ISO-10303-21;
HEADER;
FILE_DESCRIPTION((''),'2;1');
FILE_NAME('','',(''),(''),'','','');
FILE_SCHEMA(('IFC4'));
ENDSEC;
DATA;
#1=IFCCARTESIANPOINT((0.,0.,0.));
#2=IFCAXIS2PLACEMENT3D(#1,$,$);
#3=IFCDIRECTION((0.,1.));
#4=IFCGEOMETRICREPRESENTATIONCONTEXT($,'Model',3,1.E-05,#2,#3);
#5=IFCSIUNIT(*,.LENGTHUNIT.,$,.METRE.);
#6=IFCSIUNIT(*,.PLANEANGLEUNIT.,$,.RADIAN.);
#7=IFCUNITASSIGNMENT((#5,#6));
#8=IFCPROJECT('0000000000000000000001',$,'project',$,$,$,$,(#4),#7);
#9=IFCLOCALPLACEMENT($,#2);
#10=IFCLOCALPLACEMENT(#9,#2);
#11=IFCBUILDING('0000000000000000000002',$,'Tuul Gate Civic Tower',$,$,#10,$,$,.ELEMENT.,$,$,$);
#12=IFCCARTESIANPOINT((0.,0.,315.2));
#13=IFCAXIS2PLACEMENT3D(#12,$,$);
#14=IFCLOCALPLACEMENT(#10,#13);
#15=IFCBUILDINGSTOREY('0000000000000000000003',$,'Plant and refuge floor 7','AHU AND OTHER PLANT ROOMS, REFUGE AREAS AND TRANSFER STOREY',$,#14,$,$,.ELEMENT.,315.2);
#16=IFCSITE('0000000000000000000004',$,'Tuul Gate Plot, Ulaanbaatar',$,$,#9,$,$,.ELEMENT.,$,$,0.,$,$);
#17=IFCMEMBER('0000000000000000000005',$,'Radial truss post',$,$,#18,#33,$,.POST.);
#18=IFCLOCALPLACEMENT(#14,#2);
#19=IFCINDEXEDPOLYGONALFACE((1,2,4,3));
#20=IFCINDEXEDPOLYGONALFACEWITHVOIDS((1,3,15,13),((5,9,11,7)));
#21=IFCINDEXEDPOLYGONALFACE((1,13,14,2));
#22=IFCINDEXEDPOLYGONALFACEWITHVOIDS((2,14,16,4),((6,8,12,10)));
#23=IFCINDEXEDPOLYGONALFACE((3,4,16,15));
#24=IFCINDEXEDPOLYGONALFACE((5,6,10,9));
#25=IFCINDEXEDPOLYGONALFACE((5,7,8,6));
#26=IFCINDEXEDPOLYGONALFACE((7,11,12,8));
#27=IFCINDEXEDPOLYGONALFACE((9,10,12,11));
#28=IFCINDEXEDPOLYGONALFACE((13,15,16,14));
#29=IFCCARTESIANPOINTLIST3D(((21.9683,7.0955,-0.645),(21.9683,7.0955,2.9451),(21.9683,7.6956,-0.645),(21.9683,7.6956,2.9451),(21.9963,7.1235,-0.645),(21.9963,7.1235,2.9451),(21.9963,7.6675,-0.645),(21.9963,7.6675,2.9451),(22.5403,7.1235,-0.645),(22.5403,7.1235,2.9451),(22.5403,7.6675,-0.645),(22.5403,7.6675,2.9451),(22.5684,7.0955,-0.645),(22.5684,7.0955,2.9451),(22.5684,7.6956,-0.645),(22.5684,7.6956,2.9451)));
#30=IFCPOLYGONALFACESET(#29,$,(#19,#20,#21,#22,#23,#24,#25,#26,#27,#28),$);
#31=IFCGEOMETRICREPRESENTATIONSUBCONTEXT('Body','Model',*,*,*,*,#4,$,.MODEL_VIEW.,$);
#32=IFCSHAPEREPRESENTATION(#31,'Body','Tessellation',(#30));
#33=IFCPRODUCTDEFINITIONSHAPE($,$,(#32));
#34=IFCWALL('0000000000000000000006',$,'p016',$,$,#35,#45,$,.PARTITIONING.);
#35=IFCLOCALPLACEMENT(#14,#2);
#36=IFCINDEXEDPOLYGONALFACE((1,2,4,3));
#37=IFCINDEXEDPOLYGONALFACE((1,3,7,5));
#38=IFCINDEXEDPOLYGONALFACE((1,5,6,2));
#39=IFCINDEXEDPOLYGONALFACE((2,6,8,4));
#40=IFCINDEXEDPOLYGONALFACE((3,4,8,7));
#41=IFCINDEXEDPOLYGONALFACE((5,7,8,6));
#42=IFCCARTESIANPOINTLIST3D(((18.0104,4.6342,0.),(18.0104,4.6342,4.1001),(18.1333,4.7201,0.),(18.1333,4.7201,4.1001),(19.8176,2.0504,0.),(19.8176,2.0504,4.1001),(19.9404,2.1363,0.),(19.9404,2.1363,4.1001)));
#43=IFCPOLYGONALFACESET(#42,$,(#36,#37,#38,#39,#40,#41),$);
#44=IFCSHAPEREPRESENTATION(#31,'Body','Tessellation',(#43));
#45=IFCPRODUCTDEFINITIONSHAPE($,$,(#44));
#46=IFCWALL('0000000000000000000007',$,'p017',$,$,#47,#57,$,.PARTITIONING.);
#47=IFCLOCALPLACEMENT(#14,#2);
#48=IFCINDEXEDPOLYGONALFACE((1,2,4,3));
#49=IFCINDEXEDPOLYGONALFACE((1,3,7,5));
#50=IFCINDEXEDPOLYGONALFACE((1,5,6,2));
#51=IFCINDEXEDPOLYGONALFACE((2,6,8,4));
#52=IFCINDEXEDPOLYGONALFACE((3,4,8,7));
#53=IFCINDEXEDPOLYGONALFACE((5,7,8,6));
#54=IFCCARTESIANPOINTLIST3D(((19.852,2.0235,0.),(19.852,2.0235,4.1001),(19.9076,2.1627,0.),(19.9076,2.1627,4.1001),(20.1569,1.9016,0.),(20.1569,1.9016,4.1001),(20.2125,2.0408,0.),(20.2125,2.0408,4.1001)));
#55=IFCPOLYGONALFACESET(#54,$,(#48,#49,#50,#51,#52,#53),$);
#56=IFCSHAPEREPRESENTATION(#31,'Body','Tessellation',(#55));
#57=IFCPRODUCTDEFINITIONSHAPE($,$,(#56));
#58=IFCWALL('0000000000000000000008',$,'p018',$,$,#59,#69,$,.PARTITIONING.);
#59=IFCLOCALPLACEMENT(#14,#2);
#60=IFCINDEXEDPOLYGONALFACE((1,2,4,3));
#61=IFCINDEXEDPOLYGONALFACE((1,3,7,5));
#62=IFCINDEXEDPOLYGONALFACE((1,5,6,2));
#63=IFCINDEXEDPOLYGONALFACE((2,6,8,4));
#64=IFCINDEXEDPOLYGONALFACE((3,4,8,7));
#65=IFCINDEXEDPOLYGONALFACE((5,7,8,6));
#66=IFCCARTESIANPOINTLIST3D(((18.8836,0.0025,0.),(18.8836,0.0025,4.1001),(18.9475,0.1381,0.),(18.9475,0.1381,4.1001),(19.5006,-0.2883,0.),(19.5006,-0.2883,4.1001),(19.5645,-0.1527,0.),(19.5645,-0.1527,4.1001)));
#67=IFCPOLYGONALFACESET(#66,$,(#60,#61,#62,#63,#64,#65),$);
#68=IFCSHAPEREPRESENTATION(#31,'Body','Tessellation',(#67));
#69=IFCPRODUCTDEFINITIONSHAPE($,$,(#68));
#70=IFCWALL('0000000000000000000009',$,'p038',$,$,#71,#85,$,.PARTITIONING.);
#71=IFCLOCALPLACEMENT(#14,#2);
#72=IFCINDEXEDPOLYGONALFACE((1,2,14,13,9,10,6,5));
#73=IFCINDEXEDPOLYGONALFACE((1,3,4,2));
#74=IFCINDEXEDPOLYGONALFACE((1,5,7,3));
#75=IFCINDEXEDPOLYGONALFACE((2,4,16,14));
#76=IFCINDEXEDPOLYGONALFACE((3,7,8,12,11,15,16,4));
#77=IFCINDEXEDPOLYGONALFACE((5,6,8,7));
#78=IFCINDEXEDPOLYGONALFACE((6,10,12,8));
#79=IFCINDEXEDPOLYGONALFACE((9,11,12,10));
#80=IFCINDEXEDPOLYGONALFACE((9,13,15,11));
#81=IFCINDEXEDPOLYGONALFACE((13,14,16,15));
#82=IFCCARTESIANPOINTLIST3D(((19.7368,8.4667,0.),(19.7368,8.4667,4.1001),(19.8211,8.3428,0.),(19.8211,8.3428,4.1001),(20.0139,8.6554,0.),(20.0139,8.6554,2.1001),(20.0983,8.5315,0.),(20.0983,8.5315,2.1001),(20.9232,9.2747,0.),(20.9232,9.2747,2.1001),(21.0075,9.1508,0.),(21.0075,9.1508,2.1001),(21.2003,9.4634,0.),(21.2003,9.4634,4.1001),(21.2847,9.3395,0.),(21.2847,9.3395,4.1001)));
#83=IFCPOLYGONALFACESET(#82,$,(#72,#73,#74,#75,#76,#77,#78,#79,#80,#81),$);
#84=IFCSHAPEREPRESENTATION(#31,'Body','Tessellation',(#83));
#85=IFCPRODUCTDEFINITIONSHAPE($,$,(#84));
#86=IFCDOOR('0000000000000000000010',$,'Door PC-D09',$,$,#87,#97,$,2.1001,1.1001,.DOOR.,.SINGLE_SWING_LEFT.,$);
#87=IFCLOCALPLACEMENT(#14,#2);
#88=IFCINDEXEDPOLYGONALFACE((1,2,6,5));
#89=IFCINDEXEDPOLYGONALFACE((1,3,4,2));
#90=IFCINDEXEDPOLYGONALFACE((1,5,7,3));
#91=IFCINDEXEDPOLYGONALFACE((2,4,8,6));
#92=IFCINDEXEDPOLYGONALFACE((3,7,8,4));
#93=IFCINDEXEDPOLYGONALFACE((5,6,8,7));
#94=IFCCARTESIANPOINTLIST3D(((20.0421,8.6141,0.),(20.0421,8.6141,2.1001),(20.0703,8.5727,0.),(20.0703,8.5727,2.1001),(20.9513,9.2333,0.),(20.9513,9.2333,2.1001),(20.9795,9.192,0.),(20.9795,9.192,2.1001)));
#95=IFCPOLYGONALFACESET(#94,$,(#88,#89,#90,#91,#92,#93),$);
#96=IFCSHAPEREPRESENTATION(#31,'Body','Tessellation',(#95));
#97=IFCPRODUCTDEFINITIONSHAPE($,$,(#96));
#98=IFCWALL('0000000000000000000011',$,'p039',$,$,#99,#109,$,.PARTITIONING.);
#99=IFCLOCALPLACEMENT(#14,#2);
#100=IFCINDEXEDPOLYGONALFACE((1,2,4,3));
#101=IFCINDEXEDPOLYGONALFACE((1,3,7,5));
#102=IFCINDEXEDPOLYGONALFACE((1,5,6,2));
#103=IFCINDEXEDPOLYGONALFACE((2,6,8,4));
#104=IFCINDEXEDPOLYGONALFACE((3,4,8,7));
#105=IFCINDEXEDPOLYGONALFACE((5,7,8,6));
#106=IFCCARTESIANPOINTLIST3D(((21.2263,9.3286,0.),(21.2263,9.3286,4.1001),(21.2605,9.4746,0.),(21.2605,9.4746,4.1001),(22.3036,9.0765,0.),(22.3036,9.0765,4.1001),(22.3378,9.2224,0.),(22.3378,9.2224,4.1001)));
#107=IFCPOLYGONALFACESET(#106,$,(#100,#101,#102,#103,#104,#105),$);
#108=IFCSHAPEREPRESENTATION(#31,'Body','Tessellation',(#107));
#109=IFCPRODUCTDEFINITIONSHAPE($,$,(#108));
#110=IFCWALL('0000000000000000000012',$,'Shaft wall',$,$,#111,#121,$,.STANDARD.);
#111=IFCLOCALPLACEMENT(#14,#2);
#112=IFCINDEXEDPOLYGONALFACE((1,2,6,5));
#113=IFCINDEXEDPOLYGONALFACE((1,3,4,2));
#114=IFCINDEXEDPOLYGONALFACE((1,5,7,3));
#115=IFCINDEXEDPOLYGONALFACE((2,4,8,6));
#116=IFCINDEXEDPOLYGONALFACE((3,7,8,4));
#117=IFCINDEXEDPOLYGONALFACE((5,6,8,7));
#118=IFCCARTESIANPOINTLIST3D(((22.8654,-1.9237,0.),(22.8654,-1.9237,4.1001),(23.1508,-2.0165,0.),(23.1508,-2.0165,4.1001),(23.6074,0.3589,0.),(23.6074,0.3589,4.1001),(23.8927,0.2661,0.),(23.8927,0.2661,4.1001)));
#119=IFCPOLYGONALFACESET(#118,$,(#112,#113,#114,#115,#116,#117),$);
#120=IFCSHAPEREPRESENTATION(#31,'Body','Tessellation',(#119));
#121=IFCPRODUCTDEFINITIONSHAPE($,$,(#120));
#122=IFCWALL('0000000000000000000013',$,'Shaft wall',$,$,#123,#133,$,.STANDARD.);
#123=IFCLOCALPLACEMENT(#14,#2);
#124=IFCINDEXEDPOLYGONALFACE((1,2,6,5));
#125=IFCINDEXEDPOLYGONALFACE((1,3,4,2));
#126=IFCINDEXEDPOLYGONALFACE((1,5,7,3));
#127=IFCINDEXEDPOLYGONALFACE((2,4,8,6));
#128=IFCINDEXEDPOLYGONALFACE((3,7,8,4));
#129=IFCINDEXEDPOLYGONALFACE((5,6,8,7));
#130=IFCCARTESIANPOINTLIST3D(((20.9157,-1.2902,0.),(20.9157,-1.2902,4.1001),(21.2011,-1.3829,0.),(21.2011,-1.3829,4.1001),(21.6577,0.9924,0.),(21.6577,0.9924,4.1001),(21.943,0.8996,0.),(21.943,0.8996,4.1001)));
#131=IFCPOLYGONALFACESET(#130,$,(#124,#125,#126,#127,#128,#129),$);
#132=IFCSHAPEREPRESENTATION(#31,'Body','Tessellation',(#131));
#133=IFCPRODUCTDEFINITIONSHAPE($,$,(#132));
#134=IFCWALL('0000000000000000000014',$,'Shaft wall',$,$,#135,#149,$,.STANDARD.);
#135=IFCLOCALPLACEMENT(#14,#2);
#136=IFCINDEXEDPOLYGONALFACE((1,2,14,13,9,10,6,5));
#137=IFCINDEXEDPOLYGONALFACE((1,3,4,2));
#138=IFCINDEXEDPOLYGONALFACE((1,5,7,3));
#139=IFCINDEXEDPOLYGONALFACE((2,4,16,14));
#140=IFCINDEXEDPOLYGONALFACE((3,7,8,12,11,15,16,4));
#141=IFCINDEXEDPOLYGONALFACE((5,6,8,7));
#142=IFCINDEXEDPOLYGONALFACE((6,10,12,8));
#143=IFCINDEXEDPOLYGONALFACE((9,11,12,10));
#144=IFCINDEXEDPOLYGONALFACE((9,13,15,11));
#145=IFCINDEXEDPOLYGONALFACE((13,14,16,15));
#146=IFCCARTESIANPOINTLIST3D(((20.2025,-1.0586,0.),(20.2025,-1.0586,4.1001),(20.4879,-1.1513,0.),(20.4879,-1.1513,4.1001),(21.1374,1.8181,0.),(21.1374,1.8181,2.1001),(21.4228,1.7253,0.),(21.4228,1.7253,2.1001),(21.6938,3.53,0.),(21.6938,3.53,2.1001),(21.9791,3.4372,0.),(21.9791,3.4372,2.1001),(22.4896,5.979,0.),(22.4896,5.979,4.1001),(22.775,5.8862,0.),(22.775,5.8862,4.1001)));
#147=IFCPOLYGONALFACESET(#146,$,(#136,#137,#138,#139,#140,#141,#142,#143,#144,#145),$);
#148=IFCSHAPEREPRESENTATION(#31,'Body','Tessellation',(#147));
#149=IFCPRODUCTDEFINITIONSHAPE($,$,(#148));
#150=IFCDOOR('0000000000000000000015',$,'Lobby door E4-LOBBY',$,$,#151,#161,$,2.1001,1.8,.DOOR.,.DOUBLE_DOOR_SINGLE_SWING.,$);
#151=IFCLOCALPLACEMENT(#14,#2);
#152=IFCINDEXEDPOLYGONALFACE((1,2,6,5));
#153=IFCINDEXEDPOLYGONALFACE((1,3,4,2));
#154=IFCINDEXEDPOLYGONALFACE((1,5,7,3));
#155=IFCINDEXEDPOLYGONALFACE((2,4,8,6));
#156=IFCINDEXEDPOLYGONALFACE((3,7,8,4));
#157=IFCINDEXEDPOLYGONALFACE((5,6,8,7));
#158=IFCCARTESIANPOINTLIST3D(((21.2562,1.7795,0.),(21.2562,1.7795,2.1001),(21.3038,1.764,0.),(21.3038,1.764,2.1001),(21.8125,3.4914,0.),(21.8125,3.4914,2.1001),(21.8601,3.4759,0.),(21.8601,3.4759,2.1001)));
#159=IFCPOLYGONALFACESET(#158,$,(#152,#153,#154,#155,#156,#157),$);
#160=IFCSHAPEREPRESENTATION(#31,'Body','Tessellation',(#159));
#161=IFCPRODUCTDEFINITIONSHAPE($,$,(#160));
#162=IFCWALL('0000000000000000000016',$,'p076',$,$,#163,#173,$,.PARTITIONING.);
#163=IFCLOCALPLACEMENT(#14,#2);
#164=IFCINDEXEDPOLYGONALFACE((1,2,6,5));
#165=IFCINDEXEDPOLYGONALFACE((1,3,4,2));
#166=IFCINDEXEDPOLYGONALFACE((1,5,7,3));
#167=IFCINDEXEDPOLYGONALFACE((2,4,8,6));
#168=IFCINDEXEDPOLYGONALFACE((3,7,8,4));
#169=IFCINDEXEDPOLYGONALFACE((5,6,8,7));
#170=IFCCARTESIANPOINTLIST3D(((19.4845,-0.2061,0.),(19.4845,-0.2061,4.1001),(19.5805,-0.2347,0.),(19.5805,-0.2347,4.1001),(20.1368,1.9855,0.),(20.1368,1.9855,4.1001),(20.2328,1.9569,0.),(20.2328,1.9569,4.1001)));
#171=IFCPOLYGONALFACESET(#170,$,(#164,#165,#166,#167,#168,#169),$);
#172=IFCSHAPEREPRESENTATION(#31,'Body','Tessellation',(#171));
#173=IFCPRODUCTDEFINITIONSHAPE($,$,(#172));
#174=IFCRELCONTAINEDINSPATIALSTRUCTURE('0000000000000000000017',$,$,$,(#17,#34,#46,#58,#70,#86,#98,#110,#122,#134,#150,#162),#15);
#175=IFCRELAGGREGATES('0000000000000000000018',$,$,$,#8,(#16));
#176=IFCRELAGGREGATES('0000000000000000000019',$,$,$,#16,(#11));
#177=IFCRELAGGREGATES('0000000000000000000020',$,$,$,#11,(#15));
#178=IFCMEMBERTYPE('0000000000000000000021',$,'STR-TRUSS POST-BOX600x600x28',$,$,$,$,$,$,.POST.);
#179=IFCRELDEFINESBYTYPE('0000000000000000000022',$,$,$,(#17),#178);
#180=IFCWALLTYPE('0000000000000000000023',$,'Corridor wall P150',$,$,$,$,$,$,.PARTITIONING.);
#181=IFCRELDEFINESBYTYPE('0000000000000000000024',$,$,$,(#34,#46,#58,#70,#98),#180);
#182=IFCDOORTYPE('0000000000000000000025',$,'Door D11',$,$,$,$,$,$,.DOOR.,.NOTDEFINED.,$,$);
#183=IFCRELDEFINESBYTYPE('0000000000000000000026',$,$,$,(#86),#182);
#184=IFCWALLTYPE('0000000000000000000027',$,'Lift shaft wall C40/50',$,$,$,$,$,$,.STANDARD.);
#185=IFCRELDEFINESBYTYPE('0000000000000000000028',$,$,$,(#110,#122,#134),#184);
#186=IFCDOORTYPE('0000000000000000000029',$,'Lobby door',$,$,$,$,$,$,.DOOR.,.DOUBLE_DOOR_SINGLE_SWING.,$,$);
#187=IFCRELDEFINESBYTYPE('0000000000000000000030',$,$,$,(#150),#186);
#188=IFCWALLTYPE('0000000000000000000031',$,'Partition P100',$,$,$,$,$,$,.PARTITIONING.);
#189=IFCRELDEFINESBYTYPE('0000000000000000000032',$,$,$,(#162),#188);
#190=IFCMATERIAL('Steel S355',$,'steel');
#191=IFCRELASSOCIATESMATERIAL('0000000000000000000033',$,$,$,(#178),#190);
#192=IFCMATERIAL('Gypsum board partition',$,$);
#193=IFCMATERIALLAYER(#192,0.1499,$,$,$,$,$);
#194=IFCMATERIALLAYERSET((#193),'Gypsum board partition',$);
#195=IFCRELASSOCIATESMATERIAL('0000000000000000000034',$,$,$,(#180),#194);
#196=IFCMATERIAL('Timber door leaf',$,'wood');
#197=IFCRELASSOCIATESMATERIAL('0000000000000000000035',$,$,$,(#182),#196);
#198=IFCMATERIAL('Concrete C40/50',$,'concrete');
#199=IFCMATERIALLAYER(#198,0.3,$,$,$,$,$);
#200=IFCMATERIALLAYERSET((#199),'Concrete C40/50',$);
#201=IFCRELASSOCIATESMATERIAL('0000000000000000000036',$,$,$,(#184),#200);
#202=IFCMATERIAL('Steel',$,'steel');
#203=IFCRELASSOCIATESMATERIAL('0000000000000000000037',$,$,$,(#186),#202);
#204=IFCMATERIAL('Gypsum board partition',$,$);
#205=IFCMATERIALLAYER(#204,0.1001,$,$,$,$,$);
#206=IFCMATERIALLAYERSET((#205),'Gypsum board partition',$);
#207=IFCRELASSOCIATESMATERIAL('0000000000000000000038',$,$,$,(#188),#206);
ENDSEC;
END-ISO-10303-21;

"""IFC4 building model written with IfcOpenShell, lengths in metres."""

from ifc_helpers import new_model, si_unit, direction, frame, frame_2d, origin, origin_2d, place, context, subcontext, project, spatial, rectangle, hollow_rectangle, extrude, material, layer, layer_set, material_profile, profile_set, type_object, element, fill, save


model = new_model("IFC4")

# Units and contexts
model_context = context("Model", 3, precision=1e-05, world=origin(), true_north=direction((0.0, 1.0)))
body_context = subcontext(model_context, "Body", "Model", "MODEL_VIEW")
ifc_project = project(units=[si_unit("LENGTHUNIT", "METRE"), si_unit("PLANEANGLEUNIT", "RADIAN")], contexts=[model_context])

# Site, building, storey
site_placement = place(None, origin())
site = spatial("IfcSite", under=ifc_project, at=site_placement, Name="Tuul Gate Plot, Ulaanbaatar", CompositionType="ELEMENT", RefElevation=0.0)
building_placement = place(site_placement, origin())
building = spatial("IfcBuilding", under=site, at=building_placement, Name="Tuul Gate Civic Tower", CompositionType="ELEMENT")
storey_placement = place(building_placement, frame((0.0, 0.0, 315.2)))
storey = spatial("IfcBuildingStorey", under=building, at=storey_placement, Name="Plant and refuge floor 7", Description="AHU AND OTHER PLANT ROOMS, REFUGE AREAS AND TRANSFER STOREY", CompositionType="ELEMENT", Elevation=315.2)

# Member
ifc_material_1 = material(Name="Steel S355", Category="steel")
ifc_material_profile_1 = material_profile(ifc_material_1, hollow_rectangle(XDim=0.6001, YDim=0.6001, WallThickness=0.0281, at=origin_2d()), Name="BOX600x600x28")
ifc_profile_set_1 = profile_set([ifc_material_profile_1], Name="Steel S355")
member_type_1 = type_object("IfcMemberType", Name="STR-TRUSS POST-BOX600x600x28", PredefinedType="POST", material=ifc_profile_set_1)
for number, where, z_axis, x_axis, name in (
    (1, (22.2683, 7.3955, -0.645), (0.0, 0.0, 1.0), (1.0, 0.0, 0.0), "Radial truss post"),
):
    element("IfcMember", number, at=place(storey_placement, frame(where, z_axis=z_axis, x_axis=x_axis)), inside=storey, type_object=member_type_1, Name=name, PredefinedType="POST", context=body_context, shape_type="SweptSolid", body=[
        extrude(hollow_rectangle(XDim=0.6001, YDim=0.6001, WallThickness=0.0281, at=origin_2d()), origin(), (0.0, 0.0, 1.0), 3.5901),
    ])

# Walls
ifc_material_2 = material(Name="Gypsum board partition")
ifc_layer_1 = layer(ifc_material_2, 0.1499)
ifc_layer_set_1 = layer_set([ifc_layer_1], Name="Gypsum board partition")
wall_type_1 = type_object("IfcWallType", Name="Corridor wall P150", PredefinedType="PARTITIONING", material=ifc_layer_set_1)
wall_1_placement = place(storey_placement, frame((18.0718, 4.6772, 0.0), z_axis=(0.0, 0.0, 1.0), x_axis=(0.573145, -0.819454, 0.0)))
element("IfcWall", 2, at=wall_1_placement, inside=storey, type_object=wall_type_1, Name="p016", PredefinedType="PARTITIONING", context=body_context, shape_type="SweptSolid", body=[
    extrude(rectangle(XDim=3.1531, YDim=0.1499, at=frame_2d((1.5767, 0.0))), origin(), (0.0, 0.0, 1.0), 4.1001),
])
wall_2_placement = place(storey_placement, frame((19.8799, 2.093, 0.0), z_axis=(0.0, 0.0, 1.0), x_axis=(0.92863, -0.371006, 0.0)))
element("IfcWall", 3, at=wall_2_placement, inside=storey, type_object=wall_type_1, Name="p017", PredefinedType="PARTITIONING", context=body_context, shape_type="SweptSolid", body=[
    extrude(rectangle(XDim=0.3284, YDim=0.1499, at=frame_2d((0.1641, 0.0))), origin(), (0.0, 0.0, 1.0), 4.1001),
])
wall_3_placement = place(storey_placement, frame((18.9155, 0.0703, 0.0), z_axis=(0.0, 0.0, 1.0), x_axis=(0.904567, -0.426331, 0.0)))
element("IfcWall", 4, at=wall_3_placement, inside=storey, type_object=wall_type_1, Name="p018", PredefinedType="PARTITIONING", context=body_context, shape_type="SweptSolid", body=[
    extrude(rectangle(XDim=0.6821, YDim=0.1499, at=frame_2d((0.3411, 0.0))), origin(), (0.0, 0.0, 1.0), 4.1001),
])

# Wall, opening, door
wall_4_placement = place(storey_placement, frame((19.7791, 8.4048, 0.0), z_axis=(0.0, 0.0, 1.0), x_axis=(0.826516, 0.562913, 0.0)))
wall_4 = element("IfcWall", 5, at=wall_4_placement, inside=storey, type_object=wall_type_1, Name="p038", PredefinedType="PARTITIONING", context=body_context, shape_type="SweptSolid", body=[
    extrude(rectangle(XDim=1.7708, YDim=0.1499, at=frame_2d((0.8853, 0.0))), origin(), (0.0, 0.0, 1.0), 4.1001),
])
opening_1_placement = place(wall_4_placement, frame((0.3352, 0.0, 0.0)))
opening_1 = element("IfcOpeningElement", 6, at=opening_1_placement, cuts=wall_4, PredefinedType="OPENING", context=body_context, shape_type="SweptSolid", body=[
    extrude(rectangle(XDim=1.1001, YDim=2.1001, at=frame_2d((0.55, 1.05))), frame((0.0, 0.085, 0.0), z_axis=(0.0, -1.0, 0.0), x_axis=(1.0, 0.0, 0.0)), (0.0, 0.0, 1.0), 0.1699),
])
ifc_material_3 = material(Name="Timber door leaf", Category="wood")
door_type_1 = type_object("IfcDoorType", Name="Door D11", OperationType="NOTDEFINED", PredefinedType="DOOR", material=ifc_material_3)
door_1_placement = place(opening_1_placement, origin())
door_1 = element("IfcDoor", 7, at=door_1_placement, inside=storey, type_object=door_type_1, Name="Door PC-D09", OperationType="SINGLE_SWING_LEFT", OverallHeight=2.1001, OverallWidth=1.1001, PredefinedType="DOOR", context=body_context, shape_type="SweptSolid", body=[
    extrude(rectangle(XDim=1.1001, YDim=2.1001, at=frame_2d((0.55, 1.05))), frame((0.0, 0.0249, 0.0), z_axis=(0.0, -1.0, 0.0), x_axis=(1.0, 0.0, 0.0)), (0.0, 0.0, 1.0), 0.05),
])
fill(opening_1, door_1)

# Walls
wall_5_placement = place(storey_placement, frame((21.2434, 9.4016, 0.0), z_axis=(0.0, 0.0, 1.0), x_axis=(0.97368, -0.22792, 0.0)))
element("IfcWall", 8, at=wall_5_placement, inside=storey, type_object=wall_type_1, Name="p039", PredefinedType="PARTITIONING", context=body_context, shape_type="SweptSolid", body=[
    extrude(rectangle(XDim=1.1064, YDim=0.1499, at=frame_2d((0.5532, 0.0))), origin(), (0.0, 0.0, 1.0), 4.1001),
])
ifc_material_4 = material(Name="Concrete C40/50", Category="concrete")
ifc_layer_2 = layer(ifc_material_4, 0.3)
ifc_layer_set_2 = layer_set([ifc_layer_2], Name="Concrete C40/50")
wall_type_2 = type_object("IfcWallType", Name="Lift shaft wall C40/50", PredefinedType="STANDARD", material=ifc_layer_set_2)
for number, where, z_axis, x_axis, name in (
    (9, (23.0081, -1.9702, 0.0), (0.0, 0.0, 1.0), (0.309139, 0.951017, 0.0), "Shaft wall"),
    (10, (21.0583, -1.3367, 0.0), (0.0, 0.0, 1.0), (0.309139, 0.951017, 0.0), "Shaft wall"),
):
    element("IfcWall", number, at=place(storey_placement, frame(where, z_axis=z_axis, x_axis=x_axis)), inside=storey, type_object=wall_type_2, Name=name, PredefinedType="STANDARD", context=body_context, shape_type="SweptSolid", body=[
        extrude(rectangle(XDim=2.4001, YDim=0.3, at=frame_2d((1.2002, 0.0))), origin(), (0.0, 0.0, 1.0), 4.1001),
    ])

# Wall, opening, door
wall_6_placement = place(storey_placement, frame((20.3452, -1.105, 0.0), z_axis=(0.0, 0.0, 1.0), x_axis=(0.309073, 0.951038, 0.0)))
wall_6 = element("IfcWall", 11, at=wall_6_placement, inside=storey, type_object=wall_type_2, Name="Shaft wall", PredefinedType="STANDARD", context=body_context, shape_type="SweptSolid", body=[
    extrude(rectangle(XDim=7.3999, YDim=0.3, at=frame_2d((3.7, 0.0))), origin(), (0.0, 0.0, 1.0), 4.1001),
])
opening_2_placement = place(wall_6_placement, frame((3.0249, 0.0, 0.0)))
opening_2 = element("IfcOpeningElement", 12, at=opening_2_placement, cuts=wall_6, PredefinedType="OPENING", context=body_context, shape_type="SweptSolid", body=[
    extrude(rectangle(XDim=1.8, YDim=2.1001, at=frame_2d((0.8999, 1.05))), frame((0.0, 0.1602, 0.0), z_axis=(0.0, -1.0, 0.0), x_axis=(1.0, 0.0, 0.0)), (0.0, 0.0, 1.0), 0.3201),
])
ifc_material_5 = material(Name="Steel", Category="steel")
door_type_2 = type_object("IfcDoorType", Name="Lobby door", OperationType="DOUBLE_DOOR_SINGLE_SWING", PredefinedType="DOOR", material=ifc_material_5)
door_2_placement = place(opening_2_placement, frame((1.8, 0.0, 0.0), z_axis=(0.0, 0.0, 1.0), x_axis=(-1.0, 0.0, 0.0)))
door_2 = element("IfcDoor", 13, at=door_2_placement, inside=storey, type_object=door_type_2, Name="Lobby door E4-LOBBY", OperationType="DOUBLE_DOOR_SINGLE_SWING", OverallHeight=2.1001, OverallWidth=1.8, PredefinedType="DOOR", context=body_context, shape_type="SweptSolid", body=[
    extrude(rectangle(XDim=1.8, YDim=2.1001, at=frame_2d((0.9001, 1.05))), frame((0.0, 0.0249, 0.0), z_axis=(0.0, -1.0, 0.0), x_axis=(1.0, 0.0, 0.0)), (0.0, 0.0, 1.0), 0.05),
])
fill(opening_2, door_2)

# Wall
ifc_material_6 = material(Name="Gypsum board partition")
ifc_layer_3 = layer(ifc_material_6, 0.1001)
ifc_layer_set_3 = layer_set([ifc_layer_3], Name="Gypsum board partition")
wall_type_3 = type_object("IfcWallType", Name="Partition P100", PredefinedType="PARTITIONING", material=ifc_layer_set_3)
wall_7_placement = place(storey_placement, frame((20.1848, 1.9712, 0.0), z_axis=(0.0, 0.0, 1.0), x_axis=(-0.28528, -0.958444, 0.0)))
element("IfcWall", 14, at=wall_7_placement, inside=storey, type_object=wall_type_3, Name="p076", PredefinedType="PARTITIONING", context=body_context, shape_type="SweptSolid", body=[
    extrude(rectangle(XDim=2.2866, YDim=0.1001, at=frame_2d((1.1433, 0.0))), origin(), (0.0, 0.0, 1.0), 4.1001),
])

save(model, "model.ifc")
